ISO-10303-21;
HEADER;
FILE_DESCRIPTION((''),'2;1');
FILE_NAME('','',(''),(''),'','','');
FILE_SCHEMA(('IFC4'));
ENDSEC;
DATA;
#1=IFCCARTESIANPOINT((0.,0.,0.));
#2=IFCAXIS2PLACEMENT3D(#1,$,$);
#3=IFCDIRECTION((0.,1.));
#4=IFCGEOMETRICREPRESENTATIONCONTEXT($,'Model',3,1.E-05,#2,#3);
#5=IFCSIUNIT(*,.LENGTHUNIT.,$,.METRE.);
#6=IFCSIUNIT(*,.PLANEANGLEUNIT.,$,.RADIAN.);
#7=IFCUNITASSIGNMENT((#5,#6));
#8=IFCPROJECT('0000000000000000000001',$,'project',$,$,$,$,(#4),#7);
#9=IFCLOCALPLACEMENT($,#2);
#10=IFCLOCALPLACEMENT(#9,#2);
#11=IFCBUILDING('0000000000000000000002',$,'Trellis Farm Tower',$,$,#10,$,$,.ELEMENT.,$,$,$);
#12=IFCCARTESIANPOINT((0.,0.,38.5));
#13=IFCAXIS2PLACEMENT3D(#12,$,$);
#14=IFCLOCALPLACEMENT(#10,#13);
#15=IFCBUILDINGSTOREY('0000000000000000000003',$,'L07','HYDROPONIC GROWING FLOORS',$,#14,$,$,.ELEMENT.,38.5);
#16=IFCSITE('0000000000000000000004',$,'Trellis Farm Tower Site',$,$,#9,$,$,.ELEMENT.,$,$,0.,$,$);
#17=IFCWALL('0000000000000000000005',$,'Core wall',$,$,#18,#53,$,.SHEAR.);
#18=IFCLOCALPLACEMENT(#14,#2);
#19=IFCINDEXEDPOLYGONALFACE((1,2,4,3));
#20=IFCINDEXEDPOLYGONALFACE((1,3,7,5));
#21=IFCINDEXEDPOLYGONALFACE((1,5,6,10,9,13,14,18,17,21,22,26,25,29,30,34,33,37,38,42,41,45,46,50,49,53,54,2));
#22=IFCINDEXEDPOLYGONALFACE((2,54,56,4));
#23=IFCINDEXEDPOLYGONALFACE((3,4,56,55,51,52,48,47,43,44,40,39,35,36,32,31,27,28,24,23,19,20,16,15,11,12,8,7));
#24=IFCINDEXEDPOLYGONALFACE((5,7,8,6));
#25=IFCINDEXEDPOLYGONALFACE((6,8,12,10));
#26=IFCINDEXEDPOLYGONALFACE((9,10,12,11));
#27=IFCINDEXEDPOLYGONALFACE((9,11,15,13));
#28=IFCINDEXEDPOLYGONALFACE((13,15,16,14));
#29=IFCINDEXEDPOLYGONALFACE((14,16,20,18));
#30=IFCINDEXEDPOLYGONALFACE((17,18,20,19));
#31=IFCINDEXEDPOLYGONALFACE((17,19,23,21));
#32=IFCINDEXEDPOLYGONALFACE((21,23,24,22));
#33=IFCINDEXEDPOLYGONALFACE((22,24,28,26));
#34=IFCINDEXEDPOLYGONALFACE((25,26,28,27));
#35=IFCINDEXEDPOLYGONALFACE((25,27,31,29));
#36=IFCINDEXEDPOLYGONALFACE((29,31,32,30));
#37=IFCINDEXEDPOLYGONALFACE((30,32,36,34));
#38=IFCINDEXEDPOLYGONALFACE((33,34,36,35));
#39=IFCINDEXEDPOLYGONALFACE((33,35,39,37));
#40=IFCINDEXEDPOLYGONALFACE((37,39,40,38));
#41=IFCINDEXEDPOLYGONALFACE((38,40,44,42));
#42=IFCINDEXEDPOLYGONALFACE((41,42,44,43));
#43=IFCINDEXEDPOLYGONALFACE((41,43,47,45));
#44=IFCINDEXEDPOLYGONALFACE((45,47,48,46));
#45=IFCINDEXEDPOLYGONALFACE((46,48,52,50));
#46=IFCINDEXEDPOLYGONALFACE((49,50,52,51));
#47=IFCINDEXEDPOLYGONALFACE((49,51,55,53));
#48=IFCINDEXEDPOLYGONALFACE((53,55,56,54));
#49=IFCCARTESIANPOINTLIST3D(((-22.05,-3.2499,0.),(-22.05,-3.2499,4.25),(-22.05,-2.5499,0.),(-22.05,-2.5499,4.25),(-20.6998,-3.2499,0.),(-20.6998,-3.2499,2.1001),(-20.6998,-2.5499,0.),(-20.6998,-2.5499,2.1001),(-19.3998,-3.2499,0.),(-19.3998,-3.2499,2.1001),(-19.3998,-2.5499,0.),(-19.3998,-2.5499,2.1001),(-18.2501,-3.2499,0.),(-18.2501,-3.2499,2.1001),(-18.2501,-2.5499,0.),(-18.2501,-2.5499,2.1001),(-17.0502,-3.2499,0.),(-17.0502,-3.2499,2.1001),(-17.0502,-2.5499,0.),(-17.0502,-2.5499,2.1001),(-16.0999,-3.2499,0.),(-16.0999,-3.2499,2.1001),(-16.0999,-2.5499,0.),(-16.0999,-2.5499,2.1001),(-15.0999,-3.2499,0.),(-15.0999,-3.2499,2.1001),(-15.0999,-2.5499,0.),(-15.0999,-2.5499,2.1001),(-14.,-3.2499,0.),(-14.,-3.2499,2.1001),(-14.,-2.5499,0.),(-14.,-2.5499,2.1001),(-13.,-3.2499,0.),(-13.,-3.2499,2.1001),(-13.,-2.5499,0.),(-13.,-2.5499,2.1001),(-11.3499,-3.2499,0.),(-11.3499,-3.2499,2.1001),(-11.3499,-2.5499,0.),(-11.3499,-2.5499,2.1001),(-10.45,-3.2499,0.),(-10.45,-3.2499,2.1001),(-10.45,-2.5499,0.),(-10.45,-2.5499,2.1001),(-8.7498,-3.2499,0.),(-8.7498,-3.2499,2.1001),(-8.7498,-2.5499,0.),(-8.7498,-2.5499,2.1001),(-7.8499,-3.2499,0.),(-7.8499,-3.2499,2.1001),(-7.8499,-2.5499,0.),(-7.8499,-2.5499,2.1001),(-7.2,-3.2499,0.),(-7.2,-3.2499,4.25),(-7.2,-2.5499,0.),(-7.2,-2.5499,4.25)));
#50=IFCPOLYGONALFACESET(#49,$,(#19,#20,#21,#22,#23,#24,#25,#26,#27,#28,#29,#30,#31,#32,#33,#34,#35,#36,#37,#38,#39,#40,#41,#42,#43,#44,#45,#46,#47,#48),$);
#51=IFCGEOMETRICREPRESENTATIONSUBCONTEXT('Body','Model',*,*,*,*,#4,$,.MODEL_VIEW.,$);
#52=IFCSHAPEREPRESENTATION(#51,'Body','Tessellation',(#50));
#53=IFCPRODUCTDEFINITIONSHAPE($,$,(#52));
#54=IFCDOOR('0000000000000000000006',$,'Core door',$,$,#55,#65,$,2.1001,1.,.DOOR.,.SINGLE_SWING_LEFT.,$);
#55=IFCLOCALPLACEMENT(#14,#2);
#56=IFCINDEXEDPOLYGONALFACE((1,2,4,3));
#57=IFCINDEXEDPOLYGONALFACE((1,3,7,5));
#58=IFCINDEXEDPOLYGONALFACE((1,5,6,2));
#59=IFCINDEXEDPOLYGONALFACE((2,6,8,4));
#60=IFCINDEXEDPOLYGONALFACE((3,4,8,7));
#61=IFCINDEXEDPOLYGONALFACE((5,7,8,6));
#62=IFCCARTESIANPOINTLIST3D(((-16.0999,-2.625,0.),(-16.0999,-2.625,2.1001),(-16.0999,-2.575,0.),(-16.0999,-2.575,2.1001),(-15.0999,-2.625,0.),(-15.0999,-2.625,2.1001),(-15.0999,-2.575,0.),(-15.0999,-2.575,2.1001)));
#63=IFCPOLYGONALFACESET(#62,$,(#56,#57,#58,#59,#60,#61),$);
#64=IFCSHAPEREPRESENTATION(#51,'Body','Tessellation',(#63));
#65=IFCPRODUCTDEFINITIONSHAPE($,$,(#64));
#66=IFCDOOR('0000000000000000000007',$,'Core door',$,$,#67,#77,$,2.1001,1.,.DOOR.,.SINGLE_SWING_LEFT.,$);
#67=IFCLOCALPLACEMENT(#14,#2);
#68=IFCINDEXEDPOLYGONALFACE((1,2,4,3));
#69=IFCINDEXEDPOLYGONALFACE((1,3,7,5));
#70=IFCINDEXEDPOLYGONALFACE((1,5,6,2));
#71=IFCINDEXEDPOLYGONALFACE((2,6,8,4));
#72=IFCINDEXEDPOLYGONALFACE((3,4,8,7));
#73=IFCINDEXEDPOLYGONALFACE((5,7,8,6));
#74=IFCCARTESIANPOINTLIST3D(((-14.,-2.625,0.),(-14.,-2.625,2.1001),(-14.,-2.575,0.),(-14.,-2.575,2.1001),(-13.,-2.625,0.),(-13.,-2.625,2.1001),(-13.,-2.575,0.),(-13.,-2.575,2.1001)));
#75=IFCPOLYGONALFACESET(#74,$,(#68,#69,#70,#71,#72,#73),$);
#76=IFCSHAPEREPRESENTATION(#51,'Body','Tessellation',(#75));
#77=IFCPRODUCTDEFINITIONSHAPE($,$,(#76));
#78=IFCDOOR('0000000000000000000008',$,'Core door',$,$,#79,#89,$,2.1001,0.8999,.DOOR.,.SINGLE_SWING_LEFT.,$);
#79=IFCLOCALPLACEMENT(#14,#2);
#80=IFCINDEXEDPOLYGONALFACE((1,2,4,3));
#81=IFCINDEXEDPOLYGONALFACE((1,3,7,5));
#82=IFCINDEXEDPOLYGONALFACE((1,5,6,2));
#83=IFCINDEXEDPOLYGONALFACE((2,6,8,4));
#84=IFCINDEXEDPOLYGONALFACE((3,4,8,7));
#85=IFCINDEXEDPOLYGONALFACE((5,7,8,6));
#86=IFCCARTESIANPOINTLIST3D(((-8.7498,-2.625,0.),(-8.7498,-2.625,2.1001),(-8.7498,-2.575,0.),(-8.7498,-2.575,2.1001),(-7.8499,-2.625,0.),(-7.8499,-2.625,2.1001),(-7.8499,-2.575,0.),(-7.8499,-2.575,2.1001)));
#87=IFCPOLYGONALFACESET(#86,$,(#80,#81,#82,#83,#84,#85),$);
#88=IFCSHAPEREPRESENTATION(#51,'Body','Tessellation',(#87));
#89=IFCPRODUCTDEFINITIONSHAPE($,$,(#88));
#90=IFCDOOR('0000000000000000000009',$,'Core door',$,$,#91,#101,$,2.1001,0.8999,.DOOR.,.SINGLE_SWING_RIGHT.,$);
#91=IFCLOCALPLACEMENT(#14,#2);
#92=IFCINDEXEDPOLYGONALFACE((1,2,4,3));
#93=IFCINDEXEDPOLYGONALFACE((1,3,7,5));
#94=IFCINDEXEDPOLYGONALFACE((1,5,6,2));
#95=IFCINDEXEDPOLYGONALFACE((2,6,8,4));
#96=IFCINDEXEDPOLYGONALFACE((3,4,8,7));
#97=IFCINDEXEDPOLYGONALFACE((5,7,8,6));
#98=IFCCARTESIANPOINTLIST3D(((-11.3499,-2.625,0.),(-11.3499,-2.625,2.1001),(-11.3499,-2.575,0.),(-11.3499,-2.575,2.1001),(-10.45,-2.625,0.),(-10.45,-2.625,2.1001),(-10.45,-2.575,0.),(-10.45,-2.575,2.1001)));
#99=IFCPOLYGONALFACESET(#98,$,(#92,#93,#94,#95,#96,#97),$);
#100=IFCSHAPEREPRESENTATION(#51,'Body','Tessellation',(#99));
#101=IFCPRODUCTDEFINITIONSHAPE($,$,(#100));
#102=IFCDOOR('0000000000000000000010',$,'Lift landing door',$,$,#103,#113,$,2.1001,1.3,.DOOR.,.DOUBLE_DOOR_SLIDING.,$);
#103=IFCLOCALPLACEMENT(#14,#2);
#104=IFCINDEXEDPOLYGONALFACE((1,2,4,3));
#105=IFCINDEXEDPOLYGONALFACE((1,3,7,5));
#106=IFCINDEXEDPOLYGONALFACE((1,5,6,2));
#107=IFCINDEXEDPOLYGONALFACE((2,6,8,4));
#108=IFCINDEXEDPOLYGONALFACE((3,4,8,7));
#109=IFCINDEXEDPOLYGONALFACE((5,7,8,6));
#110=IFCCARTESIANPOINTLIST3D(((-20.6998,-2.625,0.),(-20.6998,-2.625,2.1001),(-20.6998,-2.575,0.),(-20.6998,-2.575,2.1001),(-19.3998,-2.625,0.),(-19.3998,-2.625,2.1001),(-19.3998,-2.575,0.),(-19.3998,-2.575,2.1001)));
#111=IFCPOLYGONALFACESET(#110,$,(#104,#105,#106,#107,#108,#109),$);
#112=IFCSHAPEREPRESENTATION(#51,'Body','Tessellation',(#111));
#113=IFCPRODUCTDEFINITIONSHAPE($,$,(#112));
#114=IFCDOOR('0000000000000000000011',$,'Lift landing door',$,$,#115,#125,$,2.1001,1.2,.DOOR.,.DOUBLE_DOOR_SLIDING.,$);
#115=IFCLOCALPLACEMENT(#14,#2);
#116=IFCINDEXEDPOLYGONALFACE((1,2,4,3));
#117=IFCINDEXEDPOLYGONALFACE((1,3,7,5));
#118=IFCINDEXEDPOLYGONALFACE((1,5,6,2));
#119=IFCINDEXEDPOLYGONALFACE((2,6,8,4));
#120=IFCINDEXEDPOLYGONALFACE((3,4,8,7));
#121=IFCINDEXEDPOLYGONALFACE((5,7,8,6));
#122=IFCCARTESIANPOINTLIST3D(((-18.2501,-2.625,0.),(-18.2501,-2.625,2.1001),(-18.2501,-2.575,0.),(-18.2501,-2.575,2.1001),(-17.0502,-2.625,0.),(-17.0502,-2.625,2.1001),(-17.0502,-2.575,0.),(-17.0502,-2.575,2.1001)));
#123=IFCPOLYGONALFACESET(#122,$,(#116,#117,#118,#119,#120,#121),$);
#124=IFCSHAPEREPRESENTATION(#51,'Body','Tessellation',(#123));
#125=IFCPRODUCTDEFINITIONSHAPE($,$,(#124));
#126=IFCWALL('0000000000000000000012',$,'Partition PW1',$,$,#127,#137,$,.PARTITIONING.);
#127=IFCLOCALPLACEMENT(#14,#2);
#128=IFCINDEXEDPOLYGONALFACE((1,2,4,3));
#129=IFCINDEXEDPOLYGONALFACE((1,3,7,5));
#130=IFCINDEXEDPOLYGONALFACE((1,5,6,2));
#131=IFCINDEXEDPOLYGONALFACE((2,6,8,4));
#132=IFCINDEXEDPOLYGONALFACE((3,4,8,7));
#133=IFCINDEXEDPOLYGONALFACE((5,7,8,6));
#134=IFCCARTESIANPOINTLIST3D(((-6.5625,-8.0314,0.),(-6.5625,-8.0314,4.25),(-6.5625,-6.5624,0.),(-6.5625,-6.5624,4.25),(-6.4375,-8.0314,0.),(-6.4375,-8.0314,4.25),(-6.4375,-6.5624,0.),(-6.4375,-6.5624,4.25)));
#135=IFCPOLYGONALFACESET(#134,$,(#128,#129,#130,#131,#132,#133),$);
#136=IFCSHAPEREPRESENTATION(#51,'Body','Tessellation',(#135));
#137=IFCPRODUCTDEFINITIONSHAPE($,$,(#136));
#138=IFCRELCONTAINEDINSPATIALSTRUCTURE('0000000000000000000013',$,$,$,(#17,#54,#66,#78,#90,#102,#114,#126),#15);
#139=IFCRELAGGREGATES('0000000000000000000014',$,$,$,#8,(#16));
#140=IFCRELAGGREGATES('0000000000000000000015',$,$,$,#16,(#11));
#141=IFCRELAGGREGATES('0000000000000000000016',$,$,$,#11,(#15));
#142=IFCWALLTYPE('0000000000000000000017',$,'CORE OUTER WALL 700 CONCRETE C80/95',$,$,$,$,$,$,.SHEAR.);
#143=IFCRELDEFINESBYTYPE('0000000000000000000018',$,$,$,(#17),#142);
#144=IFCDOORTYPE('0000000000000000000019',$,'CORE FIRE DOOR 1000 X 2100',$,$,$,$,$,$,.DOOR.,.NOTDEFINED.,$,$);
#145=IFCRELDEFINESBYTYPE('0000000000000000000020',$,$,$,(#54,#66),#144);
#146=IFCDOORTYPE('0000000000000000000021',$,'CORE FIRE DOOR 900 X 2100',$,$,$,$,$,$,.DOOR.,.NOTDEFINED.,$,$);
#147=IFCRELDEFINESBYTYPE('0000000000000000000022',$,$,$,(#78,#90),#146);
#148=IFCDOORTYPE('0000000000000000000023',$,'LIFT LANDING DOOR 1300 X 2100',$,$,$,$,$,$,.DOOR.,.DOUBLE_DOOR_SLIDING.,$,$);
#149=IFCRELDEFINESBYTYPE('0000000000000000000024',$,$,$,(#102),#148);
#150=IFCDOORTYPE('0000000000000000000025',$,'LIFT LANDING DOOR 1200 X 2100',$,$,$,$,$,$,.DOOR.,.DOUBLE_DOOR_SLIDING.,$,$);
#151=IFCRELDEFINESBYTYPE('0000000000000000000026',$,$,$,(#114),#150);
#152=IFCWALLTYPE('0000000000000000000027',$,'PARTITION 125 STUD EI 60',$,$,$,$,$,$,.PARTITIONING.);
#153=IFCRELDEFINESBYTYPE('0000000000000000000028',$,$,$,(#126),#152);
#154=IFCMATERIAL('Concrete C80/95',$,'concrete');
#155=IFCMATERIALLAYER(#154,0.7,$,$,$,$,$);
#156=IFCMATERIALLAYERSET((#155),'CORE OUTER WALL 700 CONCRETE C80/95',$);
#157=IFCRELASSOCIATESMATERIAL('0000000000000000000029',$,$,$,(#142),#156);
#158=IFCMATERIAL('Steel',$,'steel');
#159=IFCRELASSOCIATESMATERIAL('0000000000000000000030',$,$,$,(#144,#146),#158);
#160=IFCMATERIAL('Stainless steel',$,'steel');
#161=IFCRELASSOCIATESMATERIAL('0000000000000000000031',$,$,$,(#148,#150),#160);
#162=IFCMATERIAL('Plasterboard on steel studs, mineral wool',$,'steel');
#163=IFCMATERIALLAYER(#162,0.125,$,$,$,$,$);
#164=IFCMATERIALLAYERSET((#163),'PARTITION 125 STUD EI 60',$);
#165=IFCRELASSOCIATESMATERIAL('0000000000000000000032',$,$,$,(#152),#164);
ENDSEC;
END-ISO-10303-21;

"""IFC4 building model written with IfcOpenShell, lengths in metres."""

from ifc_helpers import new_model, si_unit, direction, frame, frame_2d, origin, place, context, subcontext, project, spatial, rectangle, extrude, source, transform, mapped, material, layer, layer_set, type_object, element, fill, save


model = new_model("IFC4")

# Units and contexts
model_context = context("Model", 3, precision=1e-05, world=origin(), true_north=direction((0.0, 1.0)))
body_context = subcontext(model_context, "Body", "Model", "MODEL_VIEW")
ifc_project = project(units=[si_unit("LENGTHUNIT", "METRE"), si_unit("PLANEANGLEUNIT", "RADIAN")], contexts=[model_context])

# Site, building, storey
site_placement = place(None, origin())
site = spatial("IfcSite", under=ifc_project, at=site_placement, Name="Trellis Farm Tower Site", CompositionType="ELEMENT", RefElevation=0.0)
building_placement = place(site_placement, origin())
building = spatial("IfcBuilding", under=site, at=building_placement, Name="Trellis Farm Tower", CompositionType="ELEMENT")
storey_placement = place(building_placement, frame((0.0, 0.0, 38.5)))
storey = spatial("IfcBuildingStorey", under=building, at=storey_placement, Name="L07", Description="HYDROPONIC GROWING FLOORS", CompositionType="ELEMENT", Elevation=38.5)

# Shared definitions
ifc_material_1 = material(Name="Concrete C80/95", Category="concrete")

# Wall, openings, doors
ifc_layer_1 = layer(ifc_material_1, 0.7)
ifc_layer_set_1 = layer_set([ifc_layer_1], Name="CORE OUTER WALL 700 CONCRETE C80/95")
wall_type_1 = type_object("IfcWallType", Name="CORE OUTER WALL 700 CONCRETE C80/95", PredefinedType="SHEAR", material=ifc_layer_set_1)
shared_shape_1 = source(origin(), body_context, "Body", "SweptSolid", [
    extrude(rectangle(XDim=14.8501, YDim=0.7, at=frame_2d((7.425, 0.0))), origin(), (0.0, 0.0, 1.0), 4.25),
])
wall_1_placement = place(storey_placement, frame((-7.2, -2.8999, 0.0), z_axis=(0.0, 0.0, 1.0), x_axis=(-1.0, 0.0, 0.0)))
wall_1 = element("IfcWall", 1, at=wall_1_placement, inside=storey, type_object=wall_type_1, Name="Core wall", PredefinedType="SHEAR", context=body_context, shape_type="MappedRepresentation", body=[
    mapped(shared_shape_1, transform((0.0, 0.0, 0.0))),
])
shared_shape_2 = source(origin(), body_context, "Body", "SweptSolid", [
    extrude(rectangle(XDim=1.3, YDim=2.1001, at=frame_2d((0.6499, 1.05))), frame((0.0, 0.3601, 0.0), z_axis=(0.0, -1.0, 0.0), x_axis=(1.0, 0.0, 0.0)), (0.0, 0.0, 1.0), 0.7202),
])
opening_1_placement = place(wall_1_placement, frame((12.2, 0.0, 0.0)))
opening_1 = element("IfcOpeningElement", 2, at=opening_1_placement, cuts=wall_1, PredefinedType="OPENING", context=body_context, shape_type="MappedRepresentation", body=[
    mapped(shared_shape_2, transform((0.0, 0.0, 0.0))),
])
shared_shape_3 = source(origin(), body_context, "Body", "SweptSolid", [
    extrude(rectangle(XDim=1.2, YDim=2.1001, at=frame_2d((0.6001, 1.05))), frame((0.0, 0.3601, 0.0), z_axis=(0.0, -1.0, 0.0), x_axis=(1.0, 0.0, 0.0)), (0.0, 0.0, 1.0), 0.7202),
])
opening_2_placement = place(wall_1_placement, frame((9.8501, 0.0, 0.0)))
opening_2 = element("IfcOpeningElement", 3, at=opening_2_placement, cuts=wall_1, PredefinedType="OPENING", context=body_context, shape_type="MappedRepresentation", body=[
    mapped(shared_shape_3, transform((0.0, 0.0, 0.0))),
])
shared_shape_4 = source(origin(), body_context, "Body", "SweptSolid", [
    extrude(rectangle(XDim=1.0, YDim=2.1001, at=frame_2d((0.5, 1.05))), frame((0.0, 0.3601, 0.0), z_axis=(0.0, -1.0, 0.0), x_axis=(1.0, 0.0, 0.0)), (0.0, 0.0, 1.0), 0.7202),
])
opening_3_placement = place(wall_1_placement, frame((7.8999, 0.0, 0.0)))
opening_3 = element("IfcOpeningElement", 4, at=opening_3_placement, cuts=wall_1, PredefinedType="OPENING", context=body_context, shape_type="MappedRepresentation", body=[
    mapped(shared_shape_4, transform((0.0, 0.0, 0.0))),
])
shared_shape_5 = source(origin(), body_context, "Body", "SweptSolid", [
    extrude(rectangle(XDim=0.8999, YDim=2.1001, at=frame_2d((0.45, 1.05))), frame((0.0, 0.3601, 0.0), z_axis=(0.0, -1.0, 0.0), x_axis=(1.0, 0.0, 0.0)), (0.0, 0.0, 1.0), 0.7202),
])
opening_4_placement = place(wall_1_placement, frame((0.6499, 0.0, 0.0)))
opening_4 = element("IfcOpeningElement", 5, at=opening_4_placement, cuts=wall_1, PredefinedType="OPENING", context=body_context, shape_type="MappedRepresentation", body=[
    mapped(shared_shape_5, transform((0.0, 0.0, 0.0))),
])
opening_5_placement = place(wall_1_placement, frame((3.25, 0.0, 0.0)))
opening_5 = element("IfcOpeningElement", 6, at=opening_5_placement, cuts=wall_1, PredefinedType="OPENING", context=body_context, shape_type="MappedRepresentation", body=[
    mapped(shared_shape_5, transform((0.0, 0.0, 0.0))),
])
opening_6_placement = place(wall_1_placement, frame((5.8, 0.0, 0.0)))
opening_6 = element("IfcOpeningElement", 7, at=opening_6_placement, cuts=wall_1, PredefinedType="OPENING", context=body_context, shape_type="MappedRepresentation", body=[
    mapped(shared_shape_4, transform((0.0, 0.0, 0.0))),
])
ifc_material_2 = material(Name="Steel", Category="steel")
door_type_1 = type_object("IfcDoorType", Name="CORE FIRE DOOR 1000 X 2100", OperationType="NOTDEFINED", PredefinedType="DOOR", material=ifc_material_2)
shared_shape_6 = source(origin(), body_context, "Body", "SweptSolid", [
    extrude(rectangle(XDim=1.0, YDim=2.1001, at=frame_2d((0.5, 1.05))), frame((0.0, -0.2749, 0.0), z_axis=(0.0, -1.0, 0.0), x_axis=(1.0, 0.0, 0.0)), (0.0, 0.0, 1.0), 0.05),
])
door_1_placement = place(opening_3_placement, origin())
door_1 = element("IfcDoor", 8, at=door_1_placement, inside=storey, type_object=door_type_1, Name="Core door", OperationType="SINGLE_SWING_LEFT", OverallHeight=2.1001, OverallWidth=1.0, PredefinedType="DOOR", context=body_context, shape_type="MappedRepresentation", body=[
    mapped(shared_shape_6, transform((0.0, 0.0, 0.0))),
])
fill(opening_3, door_1)
door_2_placement = place(opening_6_placement, origin())
door_2 = element("IfcDoor", 9, at=door_2_placement, inside=storey, type_object=door_type_1, Name="Core door", OperationType="SINGLE_SWING_LEFT", OverallHeight=2.1001, OverallWidth=1.0, PredefinedType="DOOR", context=body_context, shape_type="MappedRepresentation", body=[
    mapped(shared_shape_6, transform((0.0, 0.0, 0.0))),
])
fill(opening_6, door_2)
door_type_2 = type_object("IfcDoorType", Name="CORE FIRE DOOR 900 X 2100", OperationType="NOTDEFINED", PredefinedType="DOOR", material=ifc_material_2)
shared_shape_7 = source(origin(), body_context, "Body", "SweptSolid", [
    extrude(rectangle(XDim=0.8999, YDim=2.1001, at=frame_2d((0.45, 1.05))), frame((0.0, -0.2749, 0.0), z_axis=(0.0, -1.0, 0.0), x_axis=(1.0, 0.0, 0.0)), (0.0, 0.0, 1.0), 0.05),
])
door_3_placement = place(opening_4_placement, origin())
door_3 = element("IfcDoor", 10, at=door_3_placement, inside=storey, type_object=door_type_2, Name="Core door", OperationType="SINGLE_SWING_LEFT", OverallHeight=2.1001, OverallWidth=0.8999, PredefinedType="DOOR", context=body_context, shape_type="MappedRepresentation", body=[
    mapped(shared_shape_7, transform((0.0, 0.0, 0.0))),
])
fill(opening_4, door_3)
door_4_placement = place(opening_5_placement, origin())
door_4 = element("IfcDoor", 11, at=door_4_placement, inside=storey, type_object=door_type_2, Name="Core door", OperationType="SINGLE_SWING_RIGHT", OverallHeight=2.1001, OverallWidth=0.8999, PredefinedType="DOOR", context=body_context, shape_type="MappedRepresentation", body=[
    mapped(shared_shape_7, transform((0.0, 0.0, 0.0))),
])
fill(opening_5, door_4)
ifc_material_3 = material(Name="Stainless steel", Category="steel")
door_type_3 = type_object("IfcDoorType", Name="LIFT LANDING DOOR 1300 X 2100", OperationType="DOUBLE_DOOR_SLIDING", PredefinedType="DOOR", material=ifc_material_3)
shared_shape_8 = source(origin(), body_context, "Body", "SweptSolid", [
    extrude(rectangle(XDim=1.3, YDim=2.1001, at=frame_2d((0.6499, 1.05))), frame((0.0, -0.2749, 0.0), z_axis=(0.0, -1.0, 0.0), x_axis=(1.0, 0.0, 0.0)), (0.0, 0.0, 1.0), 0.05),
])
door_5_placement = place(opening_1_placement, origin())
door_5 = element("IfcDoor", 12, at=door_5_placement, inside=storey, type_object=door_type_3, Name="Lift landing door", OperationType="DOUBLE_DOOR_SLIDING", OverallHeight=2.1001, OverallWidth=1.3, PredefinedType="DOOR", context=body_context, shape_type="MappedRepresentation", body=[
    mapped(shared_shape_8, transform((0.0, 0.0, 0.0))),
])
fill(opening_1, door_5)
door_type_4 = type_object("IfcDoorType", Name="LIFT LANDING DOOR 1200 X 2100", OperationType="DOUBLE_DOOR_SLIDING", PredefinedType="DOOR", material=ifc_material_3)
shared_shape_9 = source(origin(), body_context, "Body", "SweptSolid", [
    extrude(rectangle(XDim=1.2, YDim=2.1001, at=frame_2d((0.6001, 1.05))), frame((0.0, -0.2749, 0.0), z_axis=(0.0, -1.0, 0.0), x_axis=(1.0, 0.0, 0.0)), (0.0, 0.0, 1.0), 0.05),
])
door_6_placement = place(opening_2_placement, origin())
door_6 = element("IfcDoor", 13, at=door_6_placement, inside=storey, type_object=door_type_4, Name="Lift landing door", OperationType="DOUBLE_DOOR_SLIDING", OverallHeight=2.1001, OverallWidth=1.2, PredefinedType="DOOR", context=body_context, shape_type="MappedRepresentation", body=[
    mapped(shared_shape_9, transform((0.0, 0.0, 0.0))),
])
fill(opening_2, door_6)

# Wall
ifc_material_4 = material(Name="Plasterboard on steel studs, mineral wool", Category="steel")
ifc_layer_2 = layer(ifc_material_4, 0.125)
ifc_layer_set_2 = layer_set([ifc_layer_2], Name="PARTITION 125 STUD EI 60")
wall_type_2 = type_object("IfcWallType", Name="PARTITION 125 STUD EI 60", PredefinedType="PARTITIONING", material=ifc_layer_set_2)
shared_shape_10 = source(origin(), body_context, "Body", "SweptSolid", [
    extrude(rectangle(XDim=1.469, YDim=0.125, at=frame_2d((0.7344, 0.0))), origin(), (0.0, 0.0, 1.0), 4.25),
])
wall_2_placement = place(storey_placement, frame((-6.5, -6.5625, 0.0), z_axis=(0.0, 0.0, 1.0), x_axis=(0.0, -1.0, 0.0)))
element("IfcWall", 14, at=wall_2_placement, inside=storey, type_object=wall_type_2, Name="Partition PW1", PredefinedType="PARTITIONING", context=body_context, shape_type="MappedRepresentation", body=[
    mapped(shared_shape_10, transform((0.0, 0.0, 0.0))),
])

save(model, "model.ifc")
